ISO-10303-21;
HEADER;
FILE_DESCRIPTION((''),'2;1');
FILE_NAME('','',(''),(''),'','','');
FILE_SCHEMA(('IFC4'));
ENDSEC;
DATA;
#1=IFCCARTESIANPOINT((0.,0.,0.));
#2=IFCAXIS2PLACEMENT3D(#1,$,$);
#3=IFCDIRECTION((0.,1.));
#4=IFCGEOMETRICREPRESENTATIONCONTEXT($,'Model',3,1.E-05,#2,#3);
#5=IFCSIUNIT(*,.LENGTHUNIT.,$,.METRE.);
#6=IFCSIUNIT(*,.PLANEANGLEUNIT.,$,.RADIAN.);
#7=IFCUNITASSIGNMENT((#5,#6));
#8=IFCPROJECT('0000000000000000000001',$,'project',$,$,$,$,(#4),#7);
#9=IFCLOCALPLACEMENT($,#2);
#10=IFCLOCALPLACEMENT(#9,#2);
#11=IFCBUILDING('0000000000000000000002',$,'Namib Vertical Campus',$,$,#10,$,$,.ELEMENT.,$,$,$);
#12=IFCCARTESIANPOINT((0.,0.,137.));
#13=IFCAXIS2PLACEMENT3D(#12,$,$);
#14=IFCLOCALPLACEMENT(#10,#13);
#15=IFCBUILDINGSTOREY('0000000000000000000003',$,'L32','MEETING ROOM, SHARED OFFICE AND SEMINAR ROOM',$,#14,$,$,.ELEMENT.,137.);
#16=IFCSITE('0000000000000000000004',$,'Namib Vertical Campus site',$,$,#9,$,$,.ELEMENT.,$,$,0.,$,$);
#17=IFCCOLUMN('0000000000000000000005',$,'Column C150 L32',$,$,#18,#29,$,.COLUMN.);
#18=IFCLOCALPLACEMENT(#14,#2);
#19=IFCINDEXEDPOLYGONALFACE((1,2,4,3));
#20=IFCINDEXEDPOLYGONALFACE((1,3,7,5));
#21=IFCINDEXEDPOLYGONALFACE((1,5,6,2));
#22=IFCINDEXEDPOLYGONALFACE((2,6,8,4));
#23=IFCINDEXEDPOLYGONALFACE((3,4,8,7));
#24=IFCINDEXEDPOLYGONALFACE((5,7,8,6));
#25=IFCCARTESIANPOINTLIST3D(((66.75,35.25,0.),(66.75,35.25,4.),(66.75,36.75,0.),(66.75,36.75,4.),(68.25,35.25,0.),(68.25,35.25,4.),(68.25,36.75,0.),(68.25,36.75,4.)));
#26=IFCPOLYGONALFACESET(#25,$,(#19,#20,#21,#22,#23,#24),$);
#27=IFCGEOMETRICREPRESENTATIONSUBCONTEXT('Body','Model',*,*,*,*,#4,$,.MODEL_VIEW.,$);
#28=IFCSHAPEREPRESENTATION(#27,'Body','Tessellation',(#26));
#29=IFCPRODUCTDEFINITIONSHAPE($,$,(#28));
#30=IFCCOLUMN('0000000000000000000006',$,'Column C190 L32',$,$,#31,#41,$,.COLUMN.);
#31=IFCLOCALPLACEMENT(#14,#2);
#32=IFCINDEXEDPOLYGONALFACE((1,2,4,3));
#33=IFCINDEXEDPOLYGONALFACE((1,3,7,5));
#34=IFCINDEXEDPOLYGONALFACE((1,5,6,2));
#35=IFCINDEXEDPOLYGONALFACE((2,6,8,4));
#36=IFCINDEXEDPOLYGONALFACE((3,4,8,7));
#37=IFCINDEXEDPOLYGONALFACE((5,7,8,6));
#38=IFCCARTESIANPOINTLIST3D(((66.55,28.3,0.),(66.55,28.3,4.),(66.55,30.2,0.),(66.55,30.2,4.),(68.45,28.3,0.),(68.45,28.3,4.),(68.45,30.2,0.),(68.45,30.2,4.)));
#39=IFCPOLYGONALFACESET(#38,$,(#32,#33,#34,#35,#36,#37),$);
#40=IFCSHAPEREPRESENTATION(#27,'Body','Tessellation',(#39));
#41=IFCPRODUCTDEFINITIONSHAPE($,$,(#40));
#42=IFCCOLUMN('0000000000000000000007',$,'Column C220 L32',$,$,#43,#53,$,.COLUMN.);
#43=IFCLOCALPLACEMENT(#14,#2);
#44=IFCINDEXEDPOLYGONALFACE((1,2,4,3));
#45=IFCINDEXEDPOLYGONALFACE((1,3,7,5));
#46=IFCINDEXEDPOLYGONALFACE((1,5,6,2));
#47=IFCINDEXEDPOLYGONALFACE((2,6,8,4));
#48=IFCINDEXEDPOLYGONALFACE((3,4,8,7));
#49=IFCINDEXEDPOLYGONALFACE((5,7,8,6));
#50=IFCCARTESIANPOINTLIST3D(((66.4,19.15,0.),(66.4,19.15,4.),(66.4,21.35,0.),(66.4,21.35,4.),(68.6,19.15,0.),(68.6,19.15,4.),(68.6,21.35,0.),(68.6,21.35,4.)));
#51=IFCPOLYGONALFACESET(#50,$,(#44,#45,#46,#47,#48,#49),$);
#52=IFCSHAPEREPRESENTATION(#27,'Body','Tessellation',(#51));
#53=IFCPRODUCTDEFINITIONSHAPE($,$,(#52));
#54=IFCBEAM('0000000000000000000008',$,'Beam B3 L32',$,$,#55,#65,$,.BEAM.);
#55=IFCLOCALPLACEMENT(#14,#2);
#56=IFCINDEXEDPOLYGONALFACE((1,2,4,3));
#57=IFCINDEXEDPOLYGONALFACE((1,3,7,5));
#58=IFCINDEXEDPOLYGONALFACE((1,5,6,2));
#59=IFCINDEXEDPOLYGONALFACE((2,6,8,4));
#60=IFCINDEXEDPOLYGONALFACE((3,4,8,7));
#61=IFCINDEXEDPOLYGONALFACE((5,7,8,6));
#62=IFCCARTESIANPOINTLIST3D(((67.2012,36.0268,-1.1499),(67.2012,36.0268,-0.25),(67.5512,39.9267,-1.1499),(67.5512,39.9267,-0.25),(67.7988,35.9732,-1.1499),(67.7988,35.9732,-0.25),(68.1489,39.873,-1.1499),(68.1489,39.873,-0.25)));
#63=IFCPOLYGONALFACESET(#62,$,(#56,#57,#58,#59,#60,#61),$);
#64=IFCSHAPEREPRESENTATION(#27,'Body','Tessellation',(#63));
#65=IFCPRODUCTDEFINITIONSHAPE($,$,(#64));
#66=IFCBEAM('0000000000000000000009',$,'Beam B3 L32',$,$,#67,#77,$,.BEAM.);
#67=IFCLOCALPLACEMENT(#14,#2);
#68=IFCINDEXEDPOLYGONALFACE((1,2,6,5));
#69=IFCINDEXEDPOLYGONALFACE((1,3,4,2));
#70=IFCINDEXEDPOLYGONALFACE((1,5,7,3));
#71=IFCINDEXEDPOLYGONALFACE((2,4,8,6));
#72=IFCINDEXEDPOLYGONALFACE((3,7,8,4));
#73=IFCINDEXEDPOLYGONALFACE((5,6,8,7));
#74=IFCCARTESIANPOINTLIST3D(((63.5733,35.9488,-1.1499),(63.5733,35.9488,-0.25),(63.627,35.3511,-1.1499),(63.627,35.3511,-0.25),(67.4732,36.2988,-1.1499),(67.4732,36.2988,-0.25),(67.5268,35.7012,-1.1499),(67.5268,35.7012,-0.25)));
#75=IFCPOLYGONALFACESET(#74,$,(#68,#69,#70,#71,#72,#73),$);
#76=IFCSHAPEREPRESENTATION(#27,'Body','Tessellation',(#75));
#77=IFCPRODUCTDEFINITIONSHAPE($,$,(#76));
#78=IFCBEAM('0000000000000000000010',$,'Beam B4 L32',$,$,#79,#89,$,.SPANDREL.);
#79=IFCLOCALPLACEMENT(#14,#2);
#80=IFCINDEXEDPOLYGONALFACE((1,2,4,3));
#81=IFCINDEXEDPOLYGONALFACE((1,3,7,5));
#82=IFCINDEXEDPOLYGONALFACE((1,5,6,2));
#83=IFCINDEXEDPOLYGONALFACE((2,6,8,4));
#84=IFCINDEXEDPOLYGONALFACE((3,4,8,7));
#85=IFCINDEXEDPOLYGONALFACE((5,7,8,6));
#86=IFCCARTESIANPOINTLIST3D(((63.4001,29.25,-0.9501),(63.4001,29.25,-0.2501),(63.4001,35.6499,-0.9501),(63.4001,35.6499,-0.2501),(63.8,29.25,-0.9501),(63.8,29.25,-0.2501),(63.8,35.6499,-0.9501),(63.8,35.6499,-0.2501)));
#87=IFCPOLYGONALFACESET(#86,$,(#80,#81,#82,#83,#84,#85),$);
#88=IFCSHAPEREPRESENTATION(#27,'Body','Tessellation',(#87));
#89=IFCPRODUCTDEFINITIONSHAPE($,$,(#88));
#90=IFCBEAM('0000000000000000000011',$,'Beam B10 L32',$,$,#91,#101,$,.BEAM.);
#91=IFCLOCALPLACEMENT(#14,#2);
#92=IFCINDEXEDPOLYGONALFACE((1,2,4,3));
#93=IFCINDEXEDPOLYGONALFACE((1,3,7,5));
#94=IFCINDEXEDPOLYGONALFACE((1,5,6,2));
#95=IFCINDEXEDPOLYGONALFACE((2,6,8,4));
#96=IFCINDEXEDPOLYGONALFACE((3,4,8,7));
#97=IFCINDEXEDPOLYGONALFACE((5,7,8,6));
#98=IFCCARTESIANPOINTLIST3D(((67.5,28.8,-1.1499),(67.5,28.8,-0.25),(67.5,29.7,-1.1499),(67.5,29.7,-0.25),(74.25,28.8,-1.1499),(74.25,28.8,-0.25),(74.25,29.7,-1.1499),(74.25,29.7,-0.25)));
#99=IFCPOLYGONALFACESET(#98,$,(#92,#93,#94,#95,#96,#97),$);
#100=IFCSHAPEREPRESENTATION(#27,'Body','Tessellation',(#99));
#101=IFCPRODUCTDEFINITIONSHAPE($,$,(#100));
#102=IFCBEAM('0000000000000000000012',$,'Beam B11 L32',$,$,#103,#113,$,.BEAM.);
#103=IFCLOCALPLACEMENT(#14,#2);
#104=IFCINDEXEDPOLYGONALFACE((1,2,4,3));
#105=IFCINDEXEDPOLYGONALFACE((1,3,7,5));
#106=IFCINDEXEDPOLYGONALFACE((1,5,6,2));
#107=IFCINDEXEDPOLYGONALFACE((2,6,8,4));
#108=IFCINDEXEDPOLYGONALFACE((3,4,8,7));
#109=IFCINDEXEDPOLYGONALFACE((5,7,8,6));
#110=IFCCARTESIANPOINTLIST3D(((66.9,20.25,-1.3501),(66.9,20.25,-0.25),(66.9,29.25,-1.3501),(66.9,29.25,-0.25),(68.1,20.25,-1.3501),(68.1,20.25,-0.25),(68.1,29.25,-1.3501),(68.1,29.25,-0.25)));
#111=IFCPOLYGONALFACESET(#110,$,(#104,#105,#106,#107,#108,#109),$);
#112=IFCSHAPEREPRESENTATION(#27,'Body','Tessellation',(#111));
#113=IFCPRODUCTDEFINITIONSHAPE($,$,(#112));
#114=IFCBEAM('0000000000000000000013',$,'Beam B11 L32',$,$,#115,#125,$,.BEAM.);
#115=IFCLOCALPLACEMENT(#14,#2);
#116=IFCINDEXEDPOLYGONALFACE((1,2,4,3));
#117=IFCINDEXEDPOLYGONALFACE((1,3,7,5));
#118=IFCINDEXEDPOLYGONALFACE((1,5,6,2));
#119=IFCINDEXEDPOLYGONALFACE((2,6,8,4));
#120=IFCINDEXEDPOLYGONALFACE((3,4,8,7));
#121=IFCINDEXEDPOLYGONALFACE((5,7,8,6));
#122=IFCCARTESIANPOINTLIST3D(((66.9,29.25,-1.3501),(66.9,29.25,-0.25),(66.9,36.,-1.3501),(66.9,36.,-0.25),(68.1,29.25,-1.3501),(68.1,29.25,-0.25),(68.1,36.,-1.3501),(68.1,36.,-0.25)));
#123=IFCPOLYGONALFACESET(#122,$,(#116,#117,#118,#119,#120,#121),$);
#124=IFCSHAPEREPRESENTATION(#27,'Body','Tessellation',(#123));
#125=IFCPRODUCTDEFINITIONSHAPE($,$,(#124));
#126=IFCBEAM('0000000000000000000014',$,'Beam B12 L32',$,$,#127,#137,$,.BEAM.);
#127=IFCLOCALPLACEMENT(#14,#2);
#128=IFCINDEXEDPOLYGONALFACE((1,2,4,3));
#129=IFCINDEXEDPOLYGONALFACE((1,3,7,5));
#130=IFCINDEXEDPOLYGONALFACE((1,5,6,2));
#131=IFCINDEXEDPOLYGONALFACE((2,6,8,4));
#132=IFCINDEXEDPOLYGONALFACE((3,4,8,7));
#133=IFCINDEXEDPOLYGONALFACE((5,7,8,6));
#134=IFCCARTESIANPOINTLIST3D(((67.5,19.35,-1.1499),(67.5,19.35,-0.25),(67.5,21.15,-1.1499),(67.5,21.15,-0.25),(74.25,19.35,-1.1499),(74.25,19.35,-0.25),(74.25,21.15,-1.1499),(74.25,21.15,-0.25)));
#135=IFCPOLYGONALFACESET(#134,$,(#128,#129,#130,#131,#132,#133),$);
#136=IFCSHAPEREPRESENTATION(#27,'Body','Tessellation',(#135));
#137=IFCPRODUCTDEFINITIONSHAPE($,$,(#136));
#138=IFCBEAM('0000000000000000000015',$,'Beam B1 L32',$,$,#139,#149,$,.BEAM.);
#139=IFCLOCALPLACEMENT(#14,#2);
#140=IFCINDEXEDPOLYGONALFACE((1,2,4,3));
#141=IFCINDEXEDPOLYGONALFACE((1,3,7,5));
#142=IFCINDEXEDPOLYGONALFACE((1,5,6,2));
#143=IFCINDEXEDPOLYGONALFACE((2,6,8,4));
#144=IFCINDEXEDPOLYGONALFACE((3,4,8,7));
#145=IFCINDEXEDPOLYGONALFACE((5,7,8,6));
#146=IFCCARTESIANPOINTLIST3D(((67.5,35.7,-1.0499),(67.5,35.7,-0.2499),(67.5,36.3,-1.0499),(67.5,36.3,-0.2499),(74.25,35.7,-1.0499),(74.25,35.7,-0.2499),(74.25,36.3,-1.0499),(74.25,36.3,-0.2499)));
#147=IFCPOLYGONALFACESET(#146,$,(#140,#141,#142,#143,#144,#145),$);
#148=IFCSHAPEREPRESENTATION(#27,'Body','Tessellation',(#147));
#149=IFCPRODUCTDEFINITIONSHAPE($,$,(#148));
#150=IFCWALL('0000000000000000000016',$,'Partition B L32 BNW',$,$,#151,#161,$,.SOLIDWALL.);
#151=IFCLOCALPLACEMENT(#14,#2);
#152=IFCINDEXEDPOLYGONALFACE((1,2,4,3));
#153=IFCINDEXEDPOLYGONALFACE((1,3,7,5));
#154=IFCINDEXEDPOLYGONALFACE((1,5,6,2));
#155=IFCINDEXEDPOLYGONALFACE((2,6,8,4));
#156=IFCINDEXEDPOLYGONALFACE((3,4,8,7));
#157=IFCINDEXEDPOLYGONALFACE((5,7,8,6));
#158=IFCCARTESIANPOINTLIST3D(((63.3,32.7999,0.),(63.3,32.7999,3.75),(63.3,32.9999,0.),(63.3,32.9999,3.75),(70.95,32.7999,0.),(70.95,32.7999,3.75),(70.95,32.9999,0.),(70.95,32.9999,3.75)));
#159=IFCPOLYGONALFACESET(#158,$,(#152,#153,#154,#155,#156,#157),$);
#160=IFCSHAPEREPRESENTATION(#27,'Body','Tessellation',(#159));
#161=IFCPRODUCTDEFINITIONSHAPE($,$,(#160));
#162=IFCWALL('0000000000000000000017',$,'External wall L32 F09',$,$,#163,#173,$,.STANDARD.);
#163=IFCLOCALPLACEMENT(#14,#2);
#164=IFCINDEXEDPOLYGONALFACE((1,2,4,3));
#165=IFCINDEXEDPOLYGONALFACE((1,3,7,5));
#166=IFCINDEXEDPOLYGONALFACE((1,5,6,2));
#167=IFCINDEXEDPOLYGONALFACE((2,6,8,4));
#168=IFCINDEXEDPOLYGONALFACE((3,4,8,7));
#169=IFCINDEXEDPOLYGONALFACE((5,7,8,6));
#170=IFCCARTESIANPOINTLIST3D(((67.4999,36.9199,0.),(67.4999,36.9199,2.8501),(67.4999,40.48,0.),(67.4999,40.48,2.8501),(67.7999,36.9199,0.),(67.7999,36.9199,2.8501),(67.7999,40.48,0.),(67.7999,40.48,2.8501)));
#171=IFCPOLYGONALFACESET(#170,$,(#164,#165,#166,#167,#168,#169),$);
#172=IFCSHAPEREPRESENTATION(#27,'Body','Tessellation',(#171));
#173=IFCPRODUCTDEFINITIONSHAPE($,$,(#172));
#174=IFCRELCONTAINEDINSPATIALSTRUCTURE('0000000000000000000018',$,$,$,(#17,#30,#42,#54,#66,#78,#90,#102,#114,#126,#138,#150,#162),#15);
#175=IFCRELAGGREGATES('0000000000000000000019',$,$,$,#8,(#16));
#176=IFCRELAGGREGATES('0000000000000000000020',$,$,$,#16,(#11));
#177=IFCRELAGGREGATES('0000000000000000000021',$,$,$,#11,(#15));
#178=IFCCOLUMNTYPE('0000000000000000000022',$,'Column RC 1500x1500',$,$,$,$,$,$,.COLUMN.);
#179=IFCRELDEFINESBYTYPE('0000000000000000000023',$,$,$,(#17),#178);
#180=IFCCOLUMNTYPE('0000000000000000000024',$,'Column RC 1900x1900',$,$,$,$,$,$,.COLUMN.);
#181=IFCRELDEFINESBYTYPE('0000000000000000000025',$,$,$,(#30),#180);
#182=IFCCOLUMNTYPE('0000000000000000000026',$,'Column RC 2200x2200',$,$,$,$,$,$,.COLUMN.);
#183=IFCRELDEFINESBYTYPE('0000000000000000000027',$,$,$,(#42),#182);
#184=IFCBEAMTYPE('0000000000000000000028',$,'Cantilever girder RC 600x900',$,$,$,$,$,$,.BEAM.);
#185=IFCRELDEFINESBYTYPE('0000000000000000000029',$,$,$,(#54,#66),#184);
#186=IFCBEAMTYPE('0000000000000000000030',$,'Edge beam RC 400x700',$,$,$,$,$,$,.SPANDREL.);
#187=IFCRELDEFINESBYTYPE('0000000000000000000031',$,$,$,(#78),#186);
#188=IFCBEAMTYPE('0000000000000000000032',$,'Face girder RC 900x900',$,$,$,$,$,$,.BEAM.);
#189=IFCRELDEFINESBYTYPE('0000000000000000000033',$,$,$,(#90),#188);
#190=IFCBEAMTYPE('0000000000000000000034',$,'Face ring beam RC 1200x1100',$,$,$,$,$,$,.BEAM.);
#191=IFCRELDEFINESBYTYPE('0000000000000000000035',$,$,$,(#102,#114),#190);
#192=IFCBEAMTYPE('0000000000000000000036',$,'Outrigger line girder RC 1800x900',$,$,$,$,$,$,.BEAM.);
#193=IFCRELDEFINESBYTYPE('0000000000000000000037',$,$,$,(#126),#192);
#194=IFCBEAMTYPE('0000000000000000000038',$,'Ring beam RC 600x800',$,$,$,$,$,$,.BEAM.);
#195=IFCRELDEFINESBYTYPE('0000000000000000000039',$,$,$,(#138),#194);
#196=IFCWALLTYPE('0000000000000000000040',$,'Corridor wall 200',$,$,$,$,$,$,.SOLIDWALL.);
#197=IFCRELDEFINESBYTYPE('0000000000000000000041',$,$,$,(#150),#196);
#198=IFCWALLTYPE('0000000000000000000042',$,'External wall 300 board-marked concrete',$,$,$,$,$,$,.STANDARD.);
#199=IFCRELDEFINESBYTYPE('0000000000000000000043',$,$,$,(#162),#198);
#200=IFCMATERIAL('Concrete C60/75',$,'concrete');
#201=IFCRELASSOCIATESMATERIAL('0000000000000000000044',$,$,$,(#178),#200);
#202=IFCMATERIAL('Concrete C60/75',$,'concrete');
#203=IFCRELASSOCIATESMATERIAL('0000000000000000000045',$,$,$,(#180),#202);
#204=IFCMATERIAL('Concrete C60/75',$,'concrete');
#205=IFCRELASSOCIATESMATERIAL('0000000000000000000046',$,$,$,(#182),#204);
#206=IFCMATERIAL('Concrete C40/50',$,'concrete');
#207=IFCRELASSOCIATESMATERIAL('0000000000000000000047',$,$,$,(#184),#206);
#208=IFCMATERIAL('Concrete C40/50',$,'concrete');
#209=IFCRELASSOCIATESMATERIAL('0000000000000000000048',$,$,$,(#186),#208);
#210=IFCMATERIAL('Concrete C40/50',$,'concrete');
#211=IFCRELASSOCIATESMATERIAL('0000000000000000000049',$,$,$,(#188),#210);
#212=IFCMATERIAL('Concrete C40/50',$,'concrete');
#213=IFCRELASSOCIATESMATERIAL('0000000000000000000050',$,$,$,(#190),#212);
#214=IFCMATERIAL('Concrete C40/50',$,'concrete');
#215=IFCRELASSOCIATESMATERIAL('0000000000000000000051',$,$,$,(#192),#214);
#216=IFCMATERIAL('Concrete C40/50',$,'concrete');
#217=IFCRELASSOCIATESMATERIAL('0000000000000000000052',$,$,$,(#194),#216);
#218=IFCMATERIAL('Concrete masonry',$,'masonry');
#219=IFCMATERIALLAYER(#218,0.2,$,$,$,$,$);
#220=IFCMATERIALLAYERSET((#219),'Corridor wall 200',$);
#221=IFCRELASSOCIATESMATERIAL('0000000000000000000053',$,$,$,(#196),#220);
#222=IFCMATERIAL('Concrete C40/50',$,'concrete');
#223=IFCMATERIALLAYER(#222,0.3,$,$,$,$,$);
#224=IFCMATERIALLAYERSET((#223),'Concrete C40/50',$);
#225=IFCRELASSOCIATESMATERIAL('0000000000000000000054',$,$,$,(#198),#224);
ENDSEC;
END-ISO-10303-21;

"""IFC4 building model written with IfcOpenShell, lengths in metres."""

from ifc_helpers import new_model, si_unit, direction, frame, frame_2d, origin, origin_2d, place, context, subcontext, project, spatial, rectangle, extrude, material, layer, layer_set, material_profile, profile_set, type_object, element, save


model = new_model("IFC4")

# Units and contexts
model_context = context("Model", 3, precision=1e-05, world=origin(), true_north=direction((0.0, 1.0)))
body_context = subcontext(model_context, "Body", "Model", "MODEL_VIEW")
ifc_project = project(units=[si_unit("LENGTHUNIT", "METRE"), si_unit("PLANEANGLEUNIT", "RADIAN")], contexts=[model_context])

# Site, building, storey
site_placement = place(None, origin())
site = spatial("IfcSite", under=ifc_project, at=site_placement, Name="Namib Vertical Campus site", CompositionType="ELEMENT", RefElevation=0.0)
building_placement = place(site_placement, origin())
building = spatial("IfcBuilding", under=site, at=building_placement, Name="Namib Vertical Campus", CompositionType="ELEMENT")
storey_placement = place(building_placement, frame((0.0, 0.0, 137.0)))
storey = spatial("IfcBuildingStorey", under=building, at=storey_placement, Name="L32", Description="MEETING ROOM, SHARED OFFICE AND SEMINAR ROOM", CompositionType="ELEMENT", Elevation=137.0)

# Columns
ifc_material_1 = material(Name="Concrete C60/75", Category="concrete")
ifc_material_profile_1 = material_profile(ifc_material_1, rectangle(XDim=1.5, YDim=1.5, at=origin_2d()))
ifc_profile_set_1 = profile_set([ifc_material_profile_1], Name="Concrete C60/75")
column_type_1 = type_object("IfcColumnType", Name="Column RC 1500x1500", PredefinedType="COLUMN", material=ifc_profile_set_1)
column_1_placement = place(storey_placement, frame((67.5, 36.0, 0.0), z_axis=(0.0, 0.0, 1.0), x_axis=(1.0, 0.0, 0.0)))
element("IfcColumn", 1, at=column_1_placement, inside=storey, type_object=column_type_1, Name="Column C150 L32", PredefinedType="COLUMN", context=body_context, shape_type="SweptSolid", body=[
    extrude(rectangle(XDim=1.5, YDim=1.5, at=origin_2d()), origin(), (0.0, 0.0, 1.0), 4.0),
])
ifc_material_2 = material(Name="Concrete C60/75", Category="concrete")
ifc_material_profile_2 = material_profile(ifc_material_2, rectangle(XDim=1.8999, YDim=1.8999, at=origin_2d()))
ifc_profile_set_2 = profile_set([ifc_material_profile_2], Name="Concrete C60/75")
column_type_2 = type_object("IfcColumnType", Name="Column RC 1900x1900", PredefinedType="COLUMN", material=ifc_profile_set_2)
column_2_placement = place(storey_placement, frame((67.5, 29.25, 0.0), z_axis=(0.0, 0.0, 1.0), x_axis=(1.0, 0.0, 0.0)))
element("IfcColumn", 2, at=column_2_placement, inside=storey, type_object=column_type_2, Name="Column C190 L32", PredefinedType="COLUMN", context=body_context, shape_type="SweptSolid", body=[
    extrude(rectangle(XDim=1.8999, YDim=1.8999, at=origin_2d()), origin(), (0.0, 0.0, 1.0), 4.0),
])
ifc_material_3 = material(Name="Concrete C60/75", Category="concrete")
ifc_material_profile_3 = material_profile(ifc_material_3, rectangle(XDim=2.2, YDim=2.2, at=origin_2d()))
ifc_profile_set_3 = profile_set([ifc_material_profile_3], Name="Concrete C60/75")
column_type_3 = type_object("IfcColumnType", Name="Column RC 2200x2200", PredefinedType="COLUMN", material=ifc_profile_set_3)
column_3_placement = place(storey_placement, frame((67.5, 20.25, 0.0), z_axis=(0.0, 0.0, 1.0), x_axis=(1.0, 0.0, 0.0)))
element("IfcColumn", 3, at=column_3_placement, inside=storey, type_object=column_type_3, Name="Column C220 L32", PredefinedType="COLUMN", context=body_context, shape_type="SweptSolid", body=[
    extrude(rectangle(XDim=2.2, YDim=2.2, at=origin_2d()), origin(), (0.0, 0.0, 1.0), 4.0),
])

# Beams
ifc_material_4 = material(Name="Concrete C40/50", Category="concrete")
ifc_material_profile_4 = material_profile(ifc_material_4, rectangle(XDim=0.6001, YDim=0.8999, at=origin_2d()))
ifc_profile_set_4 = profile_set([ifc_material_profile_4], Name="Concrete C40/50")
beam_type_1 = type_object("IfcBeamType", Name="Cantilever girder RC 600x900", PredefinedType="BEAM", material=ifc_profile_set_4)
for number, where, z_axis, x_axis, name in (
    (4, (67.5, 36.0, -0.7), (0.089411, 0.995995, 0.0), (-0.995995, 0.089411, 0.0), "Beam B3 L32"),
    (5, (67.5, 36.0, -0.7), (-0.995995, -0.089411, 0.0), (0.089411, -0.995995, 0.0), "Beam B3 L32"),
):
    element("IfcBeam", number, at=place(storey_placement, frame(where, z_axis=z_axis, x_axis=x_axis)), inside=storey, type_object=beam_type_1, Name=name, PredefinedType="BEAM", context=body_context, shape_type="SweptSolid", body=[
        extrude(rectangle(XDim=0.6001, YDim=0.8999, at=origin_2d()), origin(), (0.0, 0.0, 1.0), 3.9155),
    ])
ifc_material_5 = material(Name="Concrete C40/50", Category="concrete")
ifc_material_profile_5 = material_profile(ifc_material_5, rectangle(XDim=0.3999, YDim=0.7, at=origin_2d()))
ifc_profile_set_5 = profile_set([ifc_material_profile_5], Name="Concrete C40/50")
beam_type_2 = type_object("IfcBeamType", Name="Edge beam RC 400x700", PredefinedType="SPANDREL", material=ifc_profile_set_5)
beam_1_placement = place(storey_placement, frame((63.6001, 29.25, -0.6001), z_axis=(0.0, 1.0, 0.0), x_axis=(-1.0, 0.0, 0.0)))
element("IfcBeam", 6, at=beam_1_placement, inside=storey, type_object=beam_type_2, Name="Beam B4 L32", PredefinedType="SPANDREL", context=body_context, shape_type="SweptSolid", body=[
    extrude(rectangle(XDim=0.3999, YDim=0.7, at=origin_2d()), origin(), (0.0, 0.0, 1.0), 6.3999),
])
ifc_material_6 = material(Name="Concrete C40/50", Category="concrete")
ifc_material_profile_6 = material_profile(ifc_material_6, rectangle(XDim=0.8999, YDim=0.8999, at=origin_2d()))
ifc_profile_set_6 = profile_set([ifc_material_profile_6], Name="Concrete C40/50")
beam_type_3 = type_object("IfcBeamType", Name="Face girder RC 900x900", PredefinedType="BEAM", material=ifc_profile_set_6)
beam_2_placement = place(storey_placement, frame((67.5, 29.25, -0.7), z_axis=(1.0, 0.0, 0.0), x_axis=(0.0, 1.0, 0.0)))
element("IfcBeam", 7, at=beam_2_placement, inside=storey, type_object=beam_type_3, Name="Beam B10 L32", PredefinedType="BEAM", context=body_context, shape_type="SweptSolid", body=[
    extrude(rectangle(XDim=0.8999, YDim=0.8999, at=origin_2d()), origin(), (0.0, 0.0, 1.0), 6.75),
])
ifc_material_7 = material(Name="Concrete C40/50", Category="concrete")
ifc_material_profile_7 = material_profile(ifc_material_7, rectangle(XDim=1.2, YDim=1.1001, at=origin_2d()))
ifc_profile_set_7 = profile_set([ifc_material_profile_7], Name="Concrete C40/50")
beam_type_4 = type_object("IfcBeamType", Name="Face ring beam RC 1200x1100", PredefinedType="BEAM", material=ifc_profile_set_7)
beam_3_placement = place(storey_placement, frame((67.5, 20.25, -0.8), z_axis=(0.0, 1.0, 0.0), x_axis=(-1.0, 0.0, 0.0)))
element("IfcBeam", 8, at=beam_3_placement, inside=storey, type_object=beam_type_4, Name="Beam B11 L32", PredefinedType="BEAM", context=body_context, shape_type="SweptSolid", body=[
    extrude(rectangle(XDim=1.2, YDim=1.1001, at=origin_2d()), origin(), (0.0, 0.0, 1.0), 9.0),
])
beam_4_placement = place(storey_placement, frame((67.5, 29.25, -0.8), z_axis=(0.0, 1.0, 0.0), x_axis=(-1.0, 0.0, 0.0)))
element("IfcBeam", 9, at=beam_4_placement, inside=storey, type_object=beam_type_4, Name="Beam B11 L32", PredefinedType="BEAM", context=body_context, shape_type="SweptSolid", body=[
    extrude(rectangle(XDim=1.2, YDim=1.1001, at=origin_2d()), origin(), (0.0, 0.0, 1.0), 6.75),
])
ifc_material_8 = material(Name="Concrete C40/50", Category="concrete")
ifc_material_profile_8 = material_profile(ifc_material_8, rectangle(XDim=1.8, YDim=0.8999, at=origin_2d()))
ifc_profile_set_8 = profile_set([ifc_material_profile_8], Name="Concrete C40/50")
beam_type_5 = type_object("IfcBeamType", Name="Outrigger line girder RC 1800x900", PredefinedType="BEAM", material=ifc_profile_set_8)
beam_5_placement = place(storey_placement, frame((67.5, 20.25, -0.7), z_axis=(1.0, 0.0, 0.0), x_axis=(0.0, 1.0, 0.0)))
element("IfcBeam", 10, at=beam_5_placement, inside=storey, type_object=beam_type_5, Name="Beam B12 L32", PredefinedType="BEAM", context=body_context, shape_type="SweptSolid", body=[
    extrude(rectangle(XDim=1.8, YDim=0.8999, at=origin_2d()), origin(), (0.0, 0.0, 1.0), 6.75),
])
ifc_material_9 = material(Name="Concrete C40/50", Category="concrete")
ifc_material_profile_9 = material_profile(ifc_material_9, rectangle(XDim=0.6001, YDim=0.8, at=origin_2d()))
ifc_profile_set_9 = profile_set([ifc_material_profile_9], Name="Concrete C40/50")
beam_type_6 = type_object("IfcBeamType", Name="Ring beam RC 600x800", PredefinedType="BEAM", material=ifc_profile_set_9)
beam_6_placement = place(storey_placement, frame((67.5, 36.0, -0.6499), z_axis=(1.0, 0.0, 0.0), x_axis=(0.0, 1.0, 0.0)))
element("IfcBeam", 11, at=beam_6_placement, inside=storey, type_object=beam_type_6, Name="Beam B1 L32", PredefinedType="BEAM", context=body_context, shape_type="SweptSolid", body=[
    extrude(rectangle(XDim=0.6001, YDim=0.8, at=origin_2d()), origin(), (0.0, 0.0, 1.0), 6.75),
])

# Walls
ifc_material_10 = material(Name="Concrete masonry", Category="masonry")
ifc_layer_1 = layer(ifc_material_10, 0.2)
ifc_layer_set_1 = layer_set([ifc_layer_1], Name="Corridor wall 200")
wall_type_1 = type_object("IfcWallType", Name="Corridor wall 200", PredefinedType="SOLIDWALL", material=ifc_layer_set_1)
wall_1_placement = place(storey_placement, frame((63.3, 32.8999, 0.0), z_axis=(0.0, 0.0, 1.0), x_axis=(1.0, 0.0, 0.0)))
element("IfcWall", 12, at=wall_1_placement, inside=storey, type_object=wall_type_1, Name="Partition B L32 BNW", PredefinedType="SOLIDWALL", context=body_context, shape_type="SweptSolid", body=[
    extrude(rectangle(XDim=7.6499, YDim=0.2, at=frame_2d((3.825, 0.0))), origin(), (0.0, 0.0, 1.0), 3.75),
])
ifc_material_11 = material(Name="Concrete C40/50", Category="concrete")
ifc_layer_2 = layer(ifc_material_11, 0.3)
ifc_layer_set_2 = layer_set([ifc_layer_2], Name="Concrete C40/50")
wall_type_2 = type_object("IfcWallType", Name="External wall 300 board-marked concrete", PredefinedType="STANDARD", material=ifc_layer_set_2)
wall_2_placement = place(storey_placement, frame((67.6499, 40.48, 0.0), z_axis=(0.0, 0.0, 1.0), x_axis=(0.0, -1.0, 0.0)))
element("IfcWall", 13, at=wall_2_placement, inside=storey, type_object=wall_type_2, Name="External wall L32 F09", PredefinedType="STANDARD", context=body_context, shape_type="SweptSolid", body=[
    extrude(rectangle(XDim=3.5601, YDim=0.3, at=frame_2d((1.78, 0.0))), origin(), (0.0, 0.0, 1.0), 2.8501),
])

save(model, "model.ifc")
